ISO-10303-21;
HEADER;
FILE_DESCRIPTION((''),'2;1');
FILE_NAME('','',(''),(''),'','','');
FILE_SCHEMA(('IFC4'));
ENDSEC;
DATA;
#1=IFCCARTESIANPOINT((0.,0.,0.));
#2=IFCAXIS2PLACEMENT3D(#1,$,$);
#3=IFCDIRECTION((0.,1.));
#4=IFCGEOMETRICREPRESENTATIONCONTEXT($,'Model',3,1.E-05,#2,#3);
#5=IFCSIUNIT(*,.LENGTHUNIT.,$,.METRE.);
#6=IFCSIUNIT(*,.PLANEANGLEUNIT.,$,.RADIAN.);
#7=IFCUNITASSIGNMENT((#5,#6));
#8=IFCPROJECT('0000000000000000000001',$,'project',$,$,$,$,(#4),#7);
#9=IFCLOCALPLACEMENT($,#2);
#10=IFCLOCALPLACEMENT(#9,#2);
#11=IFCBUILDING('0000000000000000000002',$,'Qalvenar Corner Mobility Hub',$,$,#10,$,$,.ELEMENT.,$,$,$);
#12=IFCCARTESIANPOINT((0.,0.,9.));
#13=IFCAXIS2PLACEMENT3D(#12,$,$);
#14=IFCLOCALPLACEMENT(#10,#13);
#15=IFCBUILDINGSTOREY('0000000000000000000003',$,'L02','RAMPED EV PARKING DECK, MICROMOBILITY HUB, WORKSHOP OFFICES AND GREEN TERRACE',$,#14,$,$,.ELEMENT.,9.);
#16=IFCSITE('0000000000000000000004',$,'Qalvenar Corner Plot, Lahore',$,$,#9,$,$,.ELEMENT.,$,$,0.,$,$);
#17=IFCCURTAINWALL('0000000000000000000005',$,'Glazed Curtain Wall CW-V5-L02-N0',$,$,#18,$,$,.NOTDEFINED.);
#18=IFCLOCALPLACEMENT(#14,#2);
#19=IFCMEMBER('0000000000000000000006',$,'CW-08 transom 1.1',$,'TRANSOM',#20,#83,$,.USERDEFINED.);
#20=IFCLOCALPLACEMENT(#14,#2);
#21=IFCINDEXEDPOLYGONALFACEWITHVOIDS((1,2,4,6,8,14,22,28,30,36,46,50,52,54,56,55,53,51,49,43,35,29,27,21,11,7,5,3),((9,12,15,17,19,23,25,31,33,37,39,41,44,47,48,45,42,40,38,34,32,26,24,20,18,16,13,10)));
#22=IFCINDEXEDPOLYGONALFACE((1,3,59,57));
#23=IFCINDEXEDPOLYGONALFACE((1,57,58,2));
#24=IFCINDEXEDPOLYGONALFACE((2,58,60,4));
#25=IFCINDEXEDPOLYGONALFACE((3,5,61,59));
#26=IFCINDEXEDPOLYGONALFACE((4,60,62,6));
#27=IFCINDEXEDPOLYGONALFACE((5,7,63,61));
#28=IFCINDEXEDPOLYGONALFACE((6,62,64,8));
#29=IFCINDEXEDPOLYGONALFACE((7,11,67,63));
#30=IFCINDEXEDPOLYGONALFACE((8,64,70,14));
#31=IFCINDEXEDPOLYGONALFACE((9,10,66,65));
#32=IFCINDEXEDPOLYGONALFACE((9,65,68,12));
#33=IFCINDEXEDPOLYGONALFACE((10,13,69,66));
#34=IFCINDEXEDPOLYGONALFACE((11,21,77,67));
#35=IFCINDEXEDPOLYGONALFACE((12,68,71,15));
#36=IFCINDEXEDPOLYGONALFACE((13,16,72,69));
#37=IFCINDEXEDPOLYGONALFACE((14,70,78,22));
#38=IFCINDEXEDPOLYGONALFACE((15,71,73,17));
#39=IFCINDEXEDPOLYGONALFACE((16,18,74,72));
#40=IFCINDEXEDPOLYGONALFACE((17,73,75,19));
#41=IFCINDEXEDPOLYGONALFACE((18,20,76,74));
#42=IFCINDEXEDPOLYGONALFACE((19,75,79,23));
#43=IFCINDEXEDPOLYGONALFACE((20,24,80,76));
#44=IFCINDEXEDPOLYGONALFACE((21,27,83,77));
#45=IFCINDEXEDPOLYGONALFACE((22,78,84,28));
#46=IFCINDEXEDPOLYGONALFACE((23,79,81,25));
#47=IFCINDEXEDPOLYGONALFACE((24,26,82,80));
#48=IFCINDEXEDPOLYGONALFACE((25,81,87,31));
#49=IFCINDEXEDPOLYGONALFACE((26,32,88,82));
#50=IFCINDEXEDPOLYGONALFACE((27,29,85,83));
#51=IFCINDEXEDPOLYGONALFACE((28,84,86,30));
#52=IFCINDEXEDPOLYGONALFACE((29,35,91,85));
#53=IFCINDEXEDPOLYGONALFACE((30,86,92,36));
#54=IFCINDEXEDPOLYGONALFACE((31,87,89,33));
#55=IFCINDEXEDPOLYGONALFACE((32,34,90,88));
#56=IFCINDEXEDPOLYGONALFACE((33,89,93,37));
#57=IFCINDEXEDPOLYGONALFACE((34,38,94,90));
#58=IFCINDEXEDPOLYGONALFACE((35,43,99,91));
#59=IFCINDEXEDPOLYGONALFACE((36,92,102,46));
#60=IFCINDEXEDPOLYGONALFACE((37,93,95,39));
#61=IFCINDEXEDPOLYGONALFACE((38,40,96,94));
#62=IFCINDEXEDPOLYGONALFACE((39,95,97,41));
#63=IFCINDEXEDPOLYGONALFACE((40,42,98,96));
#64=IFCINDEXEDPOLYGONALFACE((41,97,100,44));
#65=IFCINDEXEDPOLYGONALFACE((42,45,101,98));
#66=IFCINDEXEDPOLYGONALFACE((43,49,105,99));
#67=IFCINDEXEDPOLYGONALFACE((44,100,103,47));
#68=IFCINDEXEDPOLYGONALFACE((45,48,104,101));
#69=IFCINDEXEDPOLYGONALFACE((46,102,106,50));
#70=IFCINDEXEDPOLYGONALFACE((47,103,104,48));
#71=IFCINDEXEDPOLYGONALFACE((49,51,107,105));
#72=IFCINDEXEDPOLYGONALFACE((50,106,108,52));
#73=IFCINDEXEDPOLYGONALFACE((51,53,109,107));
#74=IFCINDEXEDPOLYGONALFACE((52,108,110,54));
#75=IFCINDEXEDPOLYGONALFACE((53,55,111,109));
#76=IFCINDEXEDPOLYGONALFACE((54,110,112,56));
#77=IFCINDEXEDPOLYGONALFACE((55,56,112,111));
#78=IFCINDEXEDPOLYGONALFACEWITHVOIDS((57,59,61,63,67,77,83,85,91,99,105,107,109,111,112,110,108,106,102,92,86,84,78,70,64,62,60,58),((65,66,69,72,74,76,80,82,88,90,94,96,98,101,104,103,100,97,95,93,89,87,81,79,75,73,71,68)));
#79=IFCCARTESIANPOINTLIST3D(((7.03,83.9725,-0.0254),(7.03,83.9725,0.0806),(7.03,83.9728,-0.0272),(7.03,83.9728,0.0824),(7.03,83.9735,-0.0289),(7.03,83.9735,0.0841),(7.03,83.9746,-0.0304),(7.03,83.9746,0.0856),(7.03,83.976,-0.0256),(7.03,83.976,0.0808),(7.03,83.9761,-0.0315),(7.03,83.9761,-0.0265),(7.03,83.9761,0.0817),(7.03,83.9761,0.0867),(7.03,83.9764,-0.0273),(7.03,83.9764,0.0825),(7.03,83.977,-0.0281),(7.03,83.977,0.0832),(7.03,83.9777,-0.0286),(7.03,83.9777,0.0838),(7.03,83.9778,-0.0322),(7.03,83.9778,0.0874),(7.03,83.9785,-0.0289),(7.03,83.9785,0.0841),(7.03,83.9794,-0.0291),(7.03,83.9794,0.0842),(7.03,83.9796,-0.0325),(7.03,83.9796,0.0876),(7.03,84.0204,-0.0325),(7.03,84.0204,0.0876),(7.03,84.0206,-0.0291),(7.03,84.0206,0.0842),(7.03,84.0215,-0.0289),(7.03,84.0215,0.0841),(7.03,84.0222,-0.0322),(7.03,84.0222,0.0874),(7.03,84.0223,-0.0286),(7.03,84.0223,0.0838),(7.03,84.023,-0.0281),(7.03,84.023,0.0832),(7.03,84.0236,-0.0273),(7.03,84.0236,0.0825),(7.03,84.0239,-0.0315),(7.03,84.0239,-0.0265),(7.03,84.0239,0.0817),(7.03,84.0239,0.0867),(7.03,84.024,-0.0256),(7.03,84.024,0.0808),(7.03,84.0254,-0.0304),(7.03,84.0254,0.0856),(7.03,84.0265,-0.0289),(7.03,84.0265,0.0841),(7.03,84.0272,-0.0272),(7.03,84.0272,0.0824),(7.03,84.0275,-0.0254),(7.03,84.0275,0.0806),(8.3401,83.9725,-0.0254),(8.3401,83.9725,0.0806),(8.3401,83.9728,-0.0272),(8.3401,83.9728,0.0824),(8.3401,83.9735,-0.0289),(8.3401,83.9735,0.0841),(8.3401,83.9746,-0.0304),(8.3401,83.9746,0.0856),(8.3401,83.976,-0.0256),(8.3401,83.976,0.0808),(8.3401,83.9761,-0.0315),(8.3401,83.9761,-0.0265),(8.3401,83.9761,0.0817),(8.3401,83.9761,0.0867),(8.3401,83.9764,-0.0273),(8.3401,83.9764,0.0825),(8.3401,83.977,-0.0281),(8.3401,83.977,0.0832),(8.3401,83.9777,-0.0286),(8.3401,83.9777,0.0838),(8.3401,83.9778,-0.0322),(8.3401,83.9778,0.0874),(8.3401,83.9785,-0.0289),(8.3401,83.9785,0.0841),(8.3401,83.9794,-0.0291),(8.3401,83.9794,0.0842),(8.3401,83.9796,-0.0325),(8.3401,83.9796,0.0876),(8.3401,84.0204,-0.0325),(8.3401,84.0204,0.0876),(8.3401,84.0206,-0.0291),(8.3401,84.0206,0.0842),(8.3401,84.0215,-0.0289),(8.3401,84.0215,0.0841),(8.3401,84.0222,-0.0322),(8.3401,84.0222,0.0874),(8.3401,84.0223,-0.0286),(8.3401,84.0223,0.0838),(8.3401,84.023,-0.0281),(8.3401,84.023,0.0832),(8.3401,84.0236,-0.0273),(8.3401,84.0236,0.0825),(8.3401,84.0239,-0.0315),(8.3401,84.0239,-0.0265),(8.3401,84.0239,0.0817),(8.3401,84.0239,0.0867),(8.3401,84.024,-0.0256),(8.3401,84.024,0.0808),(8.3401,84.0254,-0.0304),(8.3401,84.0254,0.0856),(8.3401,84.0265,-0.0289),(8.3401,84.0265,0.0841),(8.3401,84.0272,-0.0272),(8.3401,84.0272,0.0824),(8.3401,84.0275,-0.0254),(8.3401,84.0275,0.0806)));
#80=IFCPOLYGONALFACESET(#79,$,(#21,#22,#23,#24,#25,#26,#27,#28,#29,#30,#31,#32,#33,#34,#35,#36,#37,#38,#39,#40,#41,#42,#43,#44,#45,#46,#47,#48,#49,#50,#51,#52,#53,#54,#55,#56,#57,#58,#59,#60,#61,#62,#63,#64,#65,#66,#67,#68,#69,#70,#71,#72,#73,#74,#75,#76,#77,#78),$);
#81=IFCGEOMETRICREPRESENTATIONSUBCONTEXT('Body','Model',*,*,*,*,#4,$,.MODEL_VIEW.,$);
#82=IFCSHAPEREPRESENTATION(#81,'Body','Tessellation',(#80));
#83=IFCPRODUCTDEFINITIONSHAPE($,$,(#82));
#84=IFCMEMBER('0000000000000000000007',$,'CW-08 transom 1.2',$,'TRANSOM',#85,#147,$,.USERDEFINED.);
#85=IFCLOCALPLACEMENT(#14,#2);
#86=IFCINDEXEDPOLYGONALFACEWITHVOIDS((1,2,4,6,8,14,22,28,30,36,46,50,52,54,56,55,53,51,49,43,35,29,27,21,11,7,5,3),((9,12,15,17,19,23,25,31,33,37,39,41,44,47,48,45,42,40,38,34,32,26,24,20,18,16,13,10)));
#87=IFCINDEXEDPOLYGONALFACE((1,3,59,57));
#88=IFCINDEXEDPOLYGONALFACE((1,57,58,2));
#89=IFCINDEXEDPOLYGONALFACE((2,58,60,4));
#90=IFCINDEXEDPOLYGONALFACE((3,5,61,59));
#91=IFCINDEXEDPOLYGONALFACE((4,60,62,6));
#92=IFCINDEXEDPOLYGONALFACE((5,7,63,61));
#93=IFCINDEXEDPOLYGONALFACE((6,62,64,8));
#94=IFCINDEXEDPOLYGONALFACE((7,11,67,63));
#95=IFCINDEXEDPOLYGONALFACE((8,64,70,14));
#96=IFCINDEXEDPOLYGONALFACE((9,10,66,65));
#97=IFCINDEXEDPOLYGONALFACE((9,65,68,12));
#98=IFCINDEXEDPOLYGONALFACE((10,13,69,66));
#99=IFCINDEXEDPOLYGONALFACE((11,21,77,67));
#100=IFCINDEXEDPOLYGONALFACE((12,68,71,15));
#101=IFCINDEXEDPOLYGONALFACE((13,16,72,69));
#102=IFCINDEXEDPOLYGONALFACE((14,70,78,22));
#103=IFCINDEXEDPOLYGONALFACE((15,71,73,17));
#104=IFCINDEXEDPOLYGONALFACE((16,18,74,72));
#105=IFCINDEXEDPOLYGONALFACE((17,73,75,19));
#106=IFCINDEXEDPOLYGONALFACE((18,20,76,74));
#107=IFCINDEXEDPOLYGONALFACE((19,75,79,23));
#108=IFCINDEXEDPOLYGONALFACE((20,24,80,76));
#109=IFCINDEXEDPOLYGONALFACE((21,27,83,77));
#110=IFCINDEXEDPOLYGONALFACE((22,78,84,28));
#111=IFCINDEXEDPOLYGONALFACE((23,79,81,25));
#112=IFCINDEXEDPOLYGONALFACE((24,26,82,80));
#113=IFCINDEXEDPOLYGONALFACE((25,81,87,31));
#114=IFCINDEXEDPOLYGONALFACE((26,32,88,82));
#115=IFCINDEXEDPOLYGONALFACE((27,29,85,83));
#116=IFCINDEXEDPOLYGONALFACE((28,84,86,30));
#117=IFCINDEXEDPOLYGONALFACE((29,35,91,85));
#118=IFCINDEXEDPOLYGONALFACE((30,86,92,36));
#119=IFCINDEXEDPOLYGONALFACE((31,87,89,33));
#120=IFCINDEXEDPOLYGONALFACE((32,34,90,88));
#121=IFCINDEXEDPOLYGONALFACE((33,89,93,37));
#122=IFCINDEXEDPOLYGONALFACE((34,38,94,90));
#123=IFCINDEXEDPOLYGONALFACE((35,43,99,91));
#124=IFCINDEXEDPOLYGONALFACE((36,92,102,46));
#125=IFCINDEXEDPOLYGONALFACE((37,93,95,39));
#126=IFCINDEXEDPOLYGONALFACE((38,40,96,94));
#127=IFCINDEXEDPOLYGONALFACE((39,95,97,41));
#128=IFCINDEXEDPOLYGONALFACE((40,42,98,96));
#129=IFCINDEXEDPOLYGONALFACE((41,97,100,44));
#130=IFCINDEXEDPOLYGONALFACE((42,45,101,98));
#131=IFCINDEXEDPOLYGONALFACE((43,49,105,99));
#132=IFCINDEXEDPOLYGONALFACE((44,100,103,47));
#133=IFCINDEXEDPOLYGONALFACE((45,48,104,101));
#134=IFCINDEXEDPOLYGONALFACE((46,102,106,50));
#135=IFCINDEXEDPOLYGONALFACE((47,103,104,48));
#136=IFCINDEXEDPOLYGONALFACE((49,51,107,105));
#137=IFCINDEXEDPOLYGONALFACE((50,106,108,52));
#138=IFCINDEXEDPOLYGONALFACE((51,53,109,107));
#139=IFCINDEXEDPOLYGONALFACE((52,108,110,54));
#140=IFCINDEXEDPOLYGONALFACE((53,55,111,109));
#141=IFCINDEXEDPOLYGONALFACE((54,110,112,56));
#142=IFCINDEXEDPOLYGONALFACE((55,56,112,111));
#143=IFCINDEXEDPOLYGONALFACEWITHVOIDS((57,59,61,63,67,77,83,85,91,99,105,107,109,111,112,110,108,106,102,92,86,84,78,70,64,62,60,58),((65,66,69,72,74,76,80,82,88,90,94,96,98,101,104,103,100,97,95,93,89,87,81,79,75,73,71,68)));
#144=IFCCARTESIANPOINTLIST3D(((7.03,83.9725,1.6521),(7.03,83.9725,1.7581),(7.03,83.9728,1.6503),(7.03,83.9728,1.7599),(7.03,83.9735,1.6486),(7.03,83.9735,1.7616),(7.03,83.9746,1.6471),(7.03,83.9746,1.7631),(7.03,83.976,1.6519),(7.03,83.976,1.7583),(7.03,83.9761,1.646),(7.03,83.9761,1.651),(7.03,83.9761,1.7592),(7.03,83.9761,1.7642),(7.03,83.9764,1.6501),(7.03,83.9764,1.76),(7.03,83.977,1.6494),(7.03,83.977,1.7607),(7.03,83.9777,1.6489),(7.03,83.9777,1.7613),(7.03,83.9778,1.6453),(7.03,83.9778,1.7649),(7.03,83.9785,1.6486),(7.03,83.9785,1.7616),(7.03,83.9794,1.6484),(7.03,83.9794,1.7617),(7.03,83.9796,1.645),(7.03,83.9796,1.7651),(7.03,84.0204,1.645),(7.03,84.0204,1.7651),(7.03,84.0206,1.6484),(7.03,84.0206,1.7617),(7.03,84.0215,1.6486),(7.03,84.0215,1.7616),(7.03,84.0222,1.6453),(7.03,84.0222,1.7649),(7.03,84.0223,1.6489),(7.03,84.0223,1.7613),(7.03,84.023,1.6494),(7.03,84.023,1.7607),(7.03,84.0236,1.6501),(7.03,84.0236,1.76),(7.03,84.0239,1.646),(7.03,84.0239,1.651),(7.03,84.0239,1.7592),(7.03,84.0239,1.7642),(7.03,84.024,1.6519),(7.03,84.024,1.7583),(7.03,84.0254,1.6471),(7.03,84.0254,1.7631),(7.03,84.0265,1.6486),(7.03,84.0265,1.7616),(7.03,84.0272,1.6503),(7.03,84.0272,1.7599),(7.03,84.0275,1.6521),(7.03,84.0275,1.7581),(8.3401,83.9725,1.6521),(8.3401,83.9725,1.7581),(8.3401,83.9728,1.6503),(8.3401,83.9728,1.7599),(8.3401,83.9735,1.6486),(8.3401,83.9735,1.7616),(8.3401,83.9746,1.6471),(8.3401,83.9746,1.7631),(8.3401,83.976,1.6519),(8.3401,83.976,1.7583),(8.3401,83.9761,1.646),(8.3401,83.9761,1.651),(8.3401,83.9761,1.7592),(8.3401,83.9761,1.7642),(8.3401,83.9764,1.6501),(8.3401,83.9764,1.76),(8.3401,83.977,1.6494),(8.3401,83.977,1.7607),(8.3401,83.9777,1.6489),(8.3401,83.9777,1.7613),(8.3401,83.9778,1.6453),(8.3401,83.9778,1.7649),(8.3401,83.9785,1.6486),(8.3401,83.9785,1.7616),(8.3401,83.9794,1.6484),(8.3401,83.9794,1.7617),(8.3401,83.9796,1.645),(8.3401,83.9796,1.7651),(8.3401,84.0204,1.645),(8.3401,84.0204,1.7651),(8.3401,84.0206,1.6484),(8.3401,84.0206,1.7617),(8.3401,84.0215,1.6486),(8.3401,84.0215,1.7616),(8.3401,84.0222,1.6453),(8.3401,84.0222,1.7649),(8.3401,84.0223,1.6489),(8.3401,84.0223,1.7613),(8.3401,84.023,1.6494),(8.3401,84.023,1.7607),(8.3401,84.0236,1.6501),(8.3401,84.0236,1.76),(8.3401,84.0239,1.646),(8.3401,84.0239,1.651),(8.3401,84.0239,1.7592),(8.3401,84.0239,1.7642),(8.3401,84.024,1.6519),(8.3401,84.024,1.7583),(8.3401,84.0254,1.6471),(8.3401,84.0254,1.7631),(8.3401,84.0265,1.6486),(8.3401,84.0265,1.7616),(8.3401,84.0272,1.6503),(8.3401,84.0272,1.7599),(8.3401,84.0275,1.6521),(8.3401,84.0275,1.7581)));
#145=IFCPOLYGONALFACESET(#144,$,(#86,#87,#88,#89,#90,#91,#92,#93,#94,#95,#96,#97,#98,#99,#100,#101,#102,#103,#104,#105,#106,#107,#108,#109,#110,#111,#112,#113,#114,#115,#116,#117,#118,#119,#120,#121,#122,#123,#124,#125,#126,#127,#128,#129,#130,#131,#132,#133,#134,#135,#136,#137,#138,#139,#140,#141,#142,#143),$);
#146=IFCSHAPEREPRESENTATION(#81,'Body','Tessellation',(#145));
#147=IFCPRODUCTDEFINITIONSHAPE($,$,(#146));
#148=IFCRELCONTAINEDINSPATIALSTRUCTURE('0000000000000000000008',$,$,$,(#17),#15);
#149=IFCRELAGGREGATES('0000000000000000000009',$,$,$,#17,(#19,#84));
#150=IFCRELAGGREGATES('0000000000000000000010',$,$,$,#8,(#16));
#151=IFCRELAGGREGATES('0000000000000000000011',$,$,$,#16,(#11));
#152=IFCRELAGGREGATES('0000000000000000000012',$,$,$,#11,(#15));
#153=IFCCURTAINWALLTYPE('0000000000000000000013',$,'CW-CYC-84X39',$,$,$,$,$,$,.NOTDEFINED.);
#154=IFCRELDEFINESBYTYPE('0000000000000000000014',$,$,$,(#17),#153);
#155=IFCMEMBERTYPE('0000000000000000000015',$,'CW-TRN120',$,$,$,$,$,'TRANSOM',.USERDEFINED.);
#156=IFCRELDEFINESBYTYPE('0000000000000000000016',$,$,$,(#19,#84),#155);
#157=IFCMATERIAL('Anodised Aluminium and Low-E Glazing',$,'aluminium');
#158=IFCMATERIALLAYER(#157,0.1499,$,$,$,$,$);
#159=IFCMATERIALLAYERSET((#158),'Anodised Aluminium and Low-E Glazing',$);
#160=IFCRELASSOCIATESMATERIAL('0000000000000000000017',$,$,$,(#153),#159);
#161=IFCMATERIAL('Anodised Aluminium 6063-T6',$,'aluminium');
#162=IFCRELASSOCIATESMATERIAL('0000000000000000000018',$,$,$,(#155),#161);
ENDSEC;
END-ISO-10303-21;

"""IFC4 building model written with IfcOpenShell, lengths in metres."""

from ifc_helpers import new_model, si_unit, direction, frame, origin, origin_2d, place, context, subcontext, project, spatial, hollow_rectangle, extrude, material, layer, layer_set, material_profile, profile_set, type_object, element, aggregate, save


model = new_model("IFC4")

# Units and contexts
model_context = context("Model", 3, precision=1e-05, world=origin(), true_north=direction((0.0, 1.0)))
body_context = subcontext(model_context, "Body", "Model", "MODEL_VIEW")
ifc_project = project(units=[si_unit("LENGTHUNIT", "METRE"), si_unit("PLANEANGLEUNIT", "RADIAN")], contexts=[model_context])

# Site, building, storey
site_placement = place(None, origin())
site = spatial("IfcSite", under=ifc_project, at=site_placement, Name="Qalvenar Corner Plot, Lahore", CompositionType="ELEMENT", RefElevation=0.0)
building_placement = place(site_placement, origin())
building = spatial("IfcBuilding", under=site, at=building_placement, Name="Qalvenar Corner Mobility Hub", CompositionType="ELEMENT")
storey_placement = place(building_placement, frame((0.0, 0.0, 9.0)))
storey = spatial("IfcBuildingStorey", under=building, at=storey_placement, Name="L02", Description="RAMPED EV PARKING DECK, MICROMOBILITY HUB, WORKSHOP OFFICES AND GREEN TERRACE", CompositionType="ELEMENT", Elevation=9.0)

# Curtain wall
ifc_material_1 = material(Name="Anodised Aluminium and Low-E Glazing", Category="aluminium")
ifc_layer_1 = layer(ifc_material_1, 0.1499)
ifc_layer_set_1 = layer_set([ifc_layer_1], Name="Anodised Aluminium and Low-E Glazing")
curtain_wall_type = type_object("IfcCurtainWallType", Name="CW-CYC-84X39", PredefinedType="NOTDEFINED", material=ifc_layer_set_1)
curtain_wall_1_placement = place(storey_placement, origin())
curtain_wall_1 = element("IfcCurtainWall", 1, at=curtain_wall_1_placement, inside=storey, type_object=curtain_wall_type, Name="Glazed Curtain Wall CW-V5-L02-N0", PredefinedType="NOTDEFINED")
ifc_material_2 = material(Name="Anodised Aluminium 6063-T6", Category="aluminium")

# Members
ifc_material_profile_1 = material_profile(ifc_material_2, hollow_rectangle(XDim=0.0549, YDim=0.1201, WallThickness=0.0034, InnerFilletRadius=0.0034, OuterFilletRadius=0.0071, at=origin_2d()), Name="RHS120x55x3.5")
ifc_profile_set_1 = profile_set([ifc_material_profile_1], Name="Anodised Aluminium 6063-T6")
member_type_1 = type_object("IfcMemberType", Name="CW-TRN120", ElementType="TRANSOM", PredefinedType="USERDEFINED", material=ifc_profile_set_1)
member_1_placement = place(storey_placement, frame((8.3401, 84.0, 0.0276), z_axis=(-1.0, 0.0, 0.0), x_axis=(0.0, -1.0, 0.0)))
member_1 = element("IfcMember", 2, at=member_1_placement, type_object=member_type_1, Name="CW-08 transom 1.1", ObjectType="TRANSOM", PredefinedType="USERDEFINED", context=body_context, shape_type="SweptSolid", body=[
    extrude(hollow_rectangle(XDim=0.0549, YDim=0.1201, WallThickness=0.0034, InnerFilletRadius=0.0034, OuterFilletRadius=0.0071, at=origin_2d()), origin(), (0.0, 0.0, 1.0), 1.3101),
])
member_2_placement = place(storey_placement, frame((8.3401, 84.0, 1.7051), z_axis=(-1.0, 0.0, 0.0), x_axis=(0.0, -1.0, 0.0)))
member_2 = element("IfcMember", 3, at=member_2_placement, type_object=member_type_1, Name="CW-08 transom 1.2", ObjectType="TRANSOM", PredefinedType="USERDEFINED", context=body_context, shape_type="SweptSolid", body=[
    extrude(hollow_rectangle(XDim=0.0549, YDim=0.1201, WallThickness=0.0034, InnerFilletRadius=0.0034, OuterFilletRadius=0.0071, at=origin_2d()), origin(), (0.0, 0.0, 1.0), 1.3101),
])

aggregate(curtain_wall_1, [member_1, member_2])

save(model, "model.ifc")
